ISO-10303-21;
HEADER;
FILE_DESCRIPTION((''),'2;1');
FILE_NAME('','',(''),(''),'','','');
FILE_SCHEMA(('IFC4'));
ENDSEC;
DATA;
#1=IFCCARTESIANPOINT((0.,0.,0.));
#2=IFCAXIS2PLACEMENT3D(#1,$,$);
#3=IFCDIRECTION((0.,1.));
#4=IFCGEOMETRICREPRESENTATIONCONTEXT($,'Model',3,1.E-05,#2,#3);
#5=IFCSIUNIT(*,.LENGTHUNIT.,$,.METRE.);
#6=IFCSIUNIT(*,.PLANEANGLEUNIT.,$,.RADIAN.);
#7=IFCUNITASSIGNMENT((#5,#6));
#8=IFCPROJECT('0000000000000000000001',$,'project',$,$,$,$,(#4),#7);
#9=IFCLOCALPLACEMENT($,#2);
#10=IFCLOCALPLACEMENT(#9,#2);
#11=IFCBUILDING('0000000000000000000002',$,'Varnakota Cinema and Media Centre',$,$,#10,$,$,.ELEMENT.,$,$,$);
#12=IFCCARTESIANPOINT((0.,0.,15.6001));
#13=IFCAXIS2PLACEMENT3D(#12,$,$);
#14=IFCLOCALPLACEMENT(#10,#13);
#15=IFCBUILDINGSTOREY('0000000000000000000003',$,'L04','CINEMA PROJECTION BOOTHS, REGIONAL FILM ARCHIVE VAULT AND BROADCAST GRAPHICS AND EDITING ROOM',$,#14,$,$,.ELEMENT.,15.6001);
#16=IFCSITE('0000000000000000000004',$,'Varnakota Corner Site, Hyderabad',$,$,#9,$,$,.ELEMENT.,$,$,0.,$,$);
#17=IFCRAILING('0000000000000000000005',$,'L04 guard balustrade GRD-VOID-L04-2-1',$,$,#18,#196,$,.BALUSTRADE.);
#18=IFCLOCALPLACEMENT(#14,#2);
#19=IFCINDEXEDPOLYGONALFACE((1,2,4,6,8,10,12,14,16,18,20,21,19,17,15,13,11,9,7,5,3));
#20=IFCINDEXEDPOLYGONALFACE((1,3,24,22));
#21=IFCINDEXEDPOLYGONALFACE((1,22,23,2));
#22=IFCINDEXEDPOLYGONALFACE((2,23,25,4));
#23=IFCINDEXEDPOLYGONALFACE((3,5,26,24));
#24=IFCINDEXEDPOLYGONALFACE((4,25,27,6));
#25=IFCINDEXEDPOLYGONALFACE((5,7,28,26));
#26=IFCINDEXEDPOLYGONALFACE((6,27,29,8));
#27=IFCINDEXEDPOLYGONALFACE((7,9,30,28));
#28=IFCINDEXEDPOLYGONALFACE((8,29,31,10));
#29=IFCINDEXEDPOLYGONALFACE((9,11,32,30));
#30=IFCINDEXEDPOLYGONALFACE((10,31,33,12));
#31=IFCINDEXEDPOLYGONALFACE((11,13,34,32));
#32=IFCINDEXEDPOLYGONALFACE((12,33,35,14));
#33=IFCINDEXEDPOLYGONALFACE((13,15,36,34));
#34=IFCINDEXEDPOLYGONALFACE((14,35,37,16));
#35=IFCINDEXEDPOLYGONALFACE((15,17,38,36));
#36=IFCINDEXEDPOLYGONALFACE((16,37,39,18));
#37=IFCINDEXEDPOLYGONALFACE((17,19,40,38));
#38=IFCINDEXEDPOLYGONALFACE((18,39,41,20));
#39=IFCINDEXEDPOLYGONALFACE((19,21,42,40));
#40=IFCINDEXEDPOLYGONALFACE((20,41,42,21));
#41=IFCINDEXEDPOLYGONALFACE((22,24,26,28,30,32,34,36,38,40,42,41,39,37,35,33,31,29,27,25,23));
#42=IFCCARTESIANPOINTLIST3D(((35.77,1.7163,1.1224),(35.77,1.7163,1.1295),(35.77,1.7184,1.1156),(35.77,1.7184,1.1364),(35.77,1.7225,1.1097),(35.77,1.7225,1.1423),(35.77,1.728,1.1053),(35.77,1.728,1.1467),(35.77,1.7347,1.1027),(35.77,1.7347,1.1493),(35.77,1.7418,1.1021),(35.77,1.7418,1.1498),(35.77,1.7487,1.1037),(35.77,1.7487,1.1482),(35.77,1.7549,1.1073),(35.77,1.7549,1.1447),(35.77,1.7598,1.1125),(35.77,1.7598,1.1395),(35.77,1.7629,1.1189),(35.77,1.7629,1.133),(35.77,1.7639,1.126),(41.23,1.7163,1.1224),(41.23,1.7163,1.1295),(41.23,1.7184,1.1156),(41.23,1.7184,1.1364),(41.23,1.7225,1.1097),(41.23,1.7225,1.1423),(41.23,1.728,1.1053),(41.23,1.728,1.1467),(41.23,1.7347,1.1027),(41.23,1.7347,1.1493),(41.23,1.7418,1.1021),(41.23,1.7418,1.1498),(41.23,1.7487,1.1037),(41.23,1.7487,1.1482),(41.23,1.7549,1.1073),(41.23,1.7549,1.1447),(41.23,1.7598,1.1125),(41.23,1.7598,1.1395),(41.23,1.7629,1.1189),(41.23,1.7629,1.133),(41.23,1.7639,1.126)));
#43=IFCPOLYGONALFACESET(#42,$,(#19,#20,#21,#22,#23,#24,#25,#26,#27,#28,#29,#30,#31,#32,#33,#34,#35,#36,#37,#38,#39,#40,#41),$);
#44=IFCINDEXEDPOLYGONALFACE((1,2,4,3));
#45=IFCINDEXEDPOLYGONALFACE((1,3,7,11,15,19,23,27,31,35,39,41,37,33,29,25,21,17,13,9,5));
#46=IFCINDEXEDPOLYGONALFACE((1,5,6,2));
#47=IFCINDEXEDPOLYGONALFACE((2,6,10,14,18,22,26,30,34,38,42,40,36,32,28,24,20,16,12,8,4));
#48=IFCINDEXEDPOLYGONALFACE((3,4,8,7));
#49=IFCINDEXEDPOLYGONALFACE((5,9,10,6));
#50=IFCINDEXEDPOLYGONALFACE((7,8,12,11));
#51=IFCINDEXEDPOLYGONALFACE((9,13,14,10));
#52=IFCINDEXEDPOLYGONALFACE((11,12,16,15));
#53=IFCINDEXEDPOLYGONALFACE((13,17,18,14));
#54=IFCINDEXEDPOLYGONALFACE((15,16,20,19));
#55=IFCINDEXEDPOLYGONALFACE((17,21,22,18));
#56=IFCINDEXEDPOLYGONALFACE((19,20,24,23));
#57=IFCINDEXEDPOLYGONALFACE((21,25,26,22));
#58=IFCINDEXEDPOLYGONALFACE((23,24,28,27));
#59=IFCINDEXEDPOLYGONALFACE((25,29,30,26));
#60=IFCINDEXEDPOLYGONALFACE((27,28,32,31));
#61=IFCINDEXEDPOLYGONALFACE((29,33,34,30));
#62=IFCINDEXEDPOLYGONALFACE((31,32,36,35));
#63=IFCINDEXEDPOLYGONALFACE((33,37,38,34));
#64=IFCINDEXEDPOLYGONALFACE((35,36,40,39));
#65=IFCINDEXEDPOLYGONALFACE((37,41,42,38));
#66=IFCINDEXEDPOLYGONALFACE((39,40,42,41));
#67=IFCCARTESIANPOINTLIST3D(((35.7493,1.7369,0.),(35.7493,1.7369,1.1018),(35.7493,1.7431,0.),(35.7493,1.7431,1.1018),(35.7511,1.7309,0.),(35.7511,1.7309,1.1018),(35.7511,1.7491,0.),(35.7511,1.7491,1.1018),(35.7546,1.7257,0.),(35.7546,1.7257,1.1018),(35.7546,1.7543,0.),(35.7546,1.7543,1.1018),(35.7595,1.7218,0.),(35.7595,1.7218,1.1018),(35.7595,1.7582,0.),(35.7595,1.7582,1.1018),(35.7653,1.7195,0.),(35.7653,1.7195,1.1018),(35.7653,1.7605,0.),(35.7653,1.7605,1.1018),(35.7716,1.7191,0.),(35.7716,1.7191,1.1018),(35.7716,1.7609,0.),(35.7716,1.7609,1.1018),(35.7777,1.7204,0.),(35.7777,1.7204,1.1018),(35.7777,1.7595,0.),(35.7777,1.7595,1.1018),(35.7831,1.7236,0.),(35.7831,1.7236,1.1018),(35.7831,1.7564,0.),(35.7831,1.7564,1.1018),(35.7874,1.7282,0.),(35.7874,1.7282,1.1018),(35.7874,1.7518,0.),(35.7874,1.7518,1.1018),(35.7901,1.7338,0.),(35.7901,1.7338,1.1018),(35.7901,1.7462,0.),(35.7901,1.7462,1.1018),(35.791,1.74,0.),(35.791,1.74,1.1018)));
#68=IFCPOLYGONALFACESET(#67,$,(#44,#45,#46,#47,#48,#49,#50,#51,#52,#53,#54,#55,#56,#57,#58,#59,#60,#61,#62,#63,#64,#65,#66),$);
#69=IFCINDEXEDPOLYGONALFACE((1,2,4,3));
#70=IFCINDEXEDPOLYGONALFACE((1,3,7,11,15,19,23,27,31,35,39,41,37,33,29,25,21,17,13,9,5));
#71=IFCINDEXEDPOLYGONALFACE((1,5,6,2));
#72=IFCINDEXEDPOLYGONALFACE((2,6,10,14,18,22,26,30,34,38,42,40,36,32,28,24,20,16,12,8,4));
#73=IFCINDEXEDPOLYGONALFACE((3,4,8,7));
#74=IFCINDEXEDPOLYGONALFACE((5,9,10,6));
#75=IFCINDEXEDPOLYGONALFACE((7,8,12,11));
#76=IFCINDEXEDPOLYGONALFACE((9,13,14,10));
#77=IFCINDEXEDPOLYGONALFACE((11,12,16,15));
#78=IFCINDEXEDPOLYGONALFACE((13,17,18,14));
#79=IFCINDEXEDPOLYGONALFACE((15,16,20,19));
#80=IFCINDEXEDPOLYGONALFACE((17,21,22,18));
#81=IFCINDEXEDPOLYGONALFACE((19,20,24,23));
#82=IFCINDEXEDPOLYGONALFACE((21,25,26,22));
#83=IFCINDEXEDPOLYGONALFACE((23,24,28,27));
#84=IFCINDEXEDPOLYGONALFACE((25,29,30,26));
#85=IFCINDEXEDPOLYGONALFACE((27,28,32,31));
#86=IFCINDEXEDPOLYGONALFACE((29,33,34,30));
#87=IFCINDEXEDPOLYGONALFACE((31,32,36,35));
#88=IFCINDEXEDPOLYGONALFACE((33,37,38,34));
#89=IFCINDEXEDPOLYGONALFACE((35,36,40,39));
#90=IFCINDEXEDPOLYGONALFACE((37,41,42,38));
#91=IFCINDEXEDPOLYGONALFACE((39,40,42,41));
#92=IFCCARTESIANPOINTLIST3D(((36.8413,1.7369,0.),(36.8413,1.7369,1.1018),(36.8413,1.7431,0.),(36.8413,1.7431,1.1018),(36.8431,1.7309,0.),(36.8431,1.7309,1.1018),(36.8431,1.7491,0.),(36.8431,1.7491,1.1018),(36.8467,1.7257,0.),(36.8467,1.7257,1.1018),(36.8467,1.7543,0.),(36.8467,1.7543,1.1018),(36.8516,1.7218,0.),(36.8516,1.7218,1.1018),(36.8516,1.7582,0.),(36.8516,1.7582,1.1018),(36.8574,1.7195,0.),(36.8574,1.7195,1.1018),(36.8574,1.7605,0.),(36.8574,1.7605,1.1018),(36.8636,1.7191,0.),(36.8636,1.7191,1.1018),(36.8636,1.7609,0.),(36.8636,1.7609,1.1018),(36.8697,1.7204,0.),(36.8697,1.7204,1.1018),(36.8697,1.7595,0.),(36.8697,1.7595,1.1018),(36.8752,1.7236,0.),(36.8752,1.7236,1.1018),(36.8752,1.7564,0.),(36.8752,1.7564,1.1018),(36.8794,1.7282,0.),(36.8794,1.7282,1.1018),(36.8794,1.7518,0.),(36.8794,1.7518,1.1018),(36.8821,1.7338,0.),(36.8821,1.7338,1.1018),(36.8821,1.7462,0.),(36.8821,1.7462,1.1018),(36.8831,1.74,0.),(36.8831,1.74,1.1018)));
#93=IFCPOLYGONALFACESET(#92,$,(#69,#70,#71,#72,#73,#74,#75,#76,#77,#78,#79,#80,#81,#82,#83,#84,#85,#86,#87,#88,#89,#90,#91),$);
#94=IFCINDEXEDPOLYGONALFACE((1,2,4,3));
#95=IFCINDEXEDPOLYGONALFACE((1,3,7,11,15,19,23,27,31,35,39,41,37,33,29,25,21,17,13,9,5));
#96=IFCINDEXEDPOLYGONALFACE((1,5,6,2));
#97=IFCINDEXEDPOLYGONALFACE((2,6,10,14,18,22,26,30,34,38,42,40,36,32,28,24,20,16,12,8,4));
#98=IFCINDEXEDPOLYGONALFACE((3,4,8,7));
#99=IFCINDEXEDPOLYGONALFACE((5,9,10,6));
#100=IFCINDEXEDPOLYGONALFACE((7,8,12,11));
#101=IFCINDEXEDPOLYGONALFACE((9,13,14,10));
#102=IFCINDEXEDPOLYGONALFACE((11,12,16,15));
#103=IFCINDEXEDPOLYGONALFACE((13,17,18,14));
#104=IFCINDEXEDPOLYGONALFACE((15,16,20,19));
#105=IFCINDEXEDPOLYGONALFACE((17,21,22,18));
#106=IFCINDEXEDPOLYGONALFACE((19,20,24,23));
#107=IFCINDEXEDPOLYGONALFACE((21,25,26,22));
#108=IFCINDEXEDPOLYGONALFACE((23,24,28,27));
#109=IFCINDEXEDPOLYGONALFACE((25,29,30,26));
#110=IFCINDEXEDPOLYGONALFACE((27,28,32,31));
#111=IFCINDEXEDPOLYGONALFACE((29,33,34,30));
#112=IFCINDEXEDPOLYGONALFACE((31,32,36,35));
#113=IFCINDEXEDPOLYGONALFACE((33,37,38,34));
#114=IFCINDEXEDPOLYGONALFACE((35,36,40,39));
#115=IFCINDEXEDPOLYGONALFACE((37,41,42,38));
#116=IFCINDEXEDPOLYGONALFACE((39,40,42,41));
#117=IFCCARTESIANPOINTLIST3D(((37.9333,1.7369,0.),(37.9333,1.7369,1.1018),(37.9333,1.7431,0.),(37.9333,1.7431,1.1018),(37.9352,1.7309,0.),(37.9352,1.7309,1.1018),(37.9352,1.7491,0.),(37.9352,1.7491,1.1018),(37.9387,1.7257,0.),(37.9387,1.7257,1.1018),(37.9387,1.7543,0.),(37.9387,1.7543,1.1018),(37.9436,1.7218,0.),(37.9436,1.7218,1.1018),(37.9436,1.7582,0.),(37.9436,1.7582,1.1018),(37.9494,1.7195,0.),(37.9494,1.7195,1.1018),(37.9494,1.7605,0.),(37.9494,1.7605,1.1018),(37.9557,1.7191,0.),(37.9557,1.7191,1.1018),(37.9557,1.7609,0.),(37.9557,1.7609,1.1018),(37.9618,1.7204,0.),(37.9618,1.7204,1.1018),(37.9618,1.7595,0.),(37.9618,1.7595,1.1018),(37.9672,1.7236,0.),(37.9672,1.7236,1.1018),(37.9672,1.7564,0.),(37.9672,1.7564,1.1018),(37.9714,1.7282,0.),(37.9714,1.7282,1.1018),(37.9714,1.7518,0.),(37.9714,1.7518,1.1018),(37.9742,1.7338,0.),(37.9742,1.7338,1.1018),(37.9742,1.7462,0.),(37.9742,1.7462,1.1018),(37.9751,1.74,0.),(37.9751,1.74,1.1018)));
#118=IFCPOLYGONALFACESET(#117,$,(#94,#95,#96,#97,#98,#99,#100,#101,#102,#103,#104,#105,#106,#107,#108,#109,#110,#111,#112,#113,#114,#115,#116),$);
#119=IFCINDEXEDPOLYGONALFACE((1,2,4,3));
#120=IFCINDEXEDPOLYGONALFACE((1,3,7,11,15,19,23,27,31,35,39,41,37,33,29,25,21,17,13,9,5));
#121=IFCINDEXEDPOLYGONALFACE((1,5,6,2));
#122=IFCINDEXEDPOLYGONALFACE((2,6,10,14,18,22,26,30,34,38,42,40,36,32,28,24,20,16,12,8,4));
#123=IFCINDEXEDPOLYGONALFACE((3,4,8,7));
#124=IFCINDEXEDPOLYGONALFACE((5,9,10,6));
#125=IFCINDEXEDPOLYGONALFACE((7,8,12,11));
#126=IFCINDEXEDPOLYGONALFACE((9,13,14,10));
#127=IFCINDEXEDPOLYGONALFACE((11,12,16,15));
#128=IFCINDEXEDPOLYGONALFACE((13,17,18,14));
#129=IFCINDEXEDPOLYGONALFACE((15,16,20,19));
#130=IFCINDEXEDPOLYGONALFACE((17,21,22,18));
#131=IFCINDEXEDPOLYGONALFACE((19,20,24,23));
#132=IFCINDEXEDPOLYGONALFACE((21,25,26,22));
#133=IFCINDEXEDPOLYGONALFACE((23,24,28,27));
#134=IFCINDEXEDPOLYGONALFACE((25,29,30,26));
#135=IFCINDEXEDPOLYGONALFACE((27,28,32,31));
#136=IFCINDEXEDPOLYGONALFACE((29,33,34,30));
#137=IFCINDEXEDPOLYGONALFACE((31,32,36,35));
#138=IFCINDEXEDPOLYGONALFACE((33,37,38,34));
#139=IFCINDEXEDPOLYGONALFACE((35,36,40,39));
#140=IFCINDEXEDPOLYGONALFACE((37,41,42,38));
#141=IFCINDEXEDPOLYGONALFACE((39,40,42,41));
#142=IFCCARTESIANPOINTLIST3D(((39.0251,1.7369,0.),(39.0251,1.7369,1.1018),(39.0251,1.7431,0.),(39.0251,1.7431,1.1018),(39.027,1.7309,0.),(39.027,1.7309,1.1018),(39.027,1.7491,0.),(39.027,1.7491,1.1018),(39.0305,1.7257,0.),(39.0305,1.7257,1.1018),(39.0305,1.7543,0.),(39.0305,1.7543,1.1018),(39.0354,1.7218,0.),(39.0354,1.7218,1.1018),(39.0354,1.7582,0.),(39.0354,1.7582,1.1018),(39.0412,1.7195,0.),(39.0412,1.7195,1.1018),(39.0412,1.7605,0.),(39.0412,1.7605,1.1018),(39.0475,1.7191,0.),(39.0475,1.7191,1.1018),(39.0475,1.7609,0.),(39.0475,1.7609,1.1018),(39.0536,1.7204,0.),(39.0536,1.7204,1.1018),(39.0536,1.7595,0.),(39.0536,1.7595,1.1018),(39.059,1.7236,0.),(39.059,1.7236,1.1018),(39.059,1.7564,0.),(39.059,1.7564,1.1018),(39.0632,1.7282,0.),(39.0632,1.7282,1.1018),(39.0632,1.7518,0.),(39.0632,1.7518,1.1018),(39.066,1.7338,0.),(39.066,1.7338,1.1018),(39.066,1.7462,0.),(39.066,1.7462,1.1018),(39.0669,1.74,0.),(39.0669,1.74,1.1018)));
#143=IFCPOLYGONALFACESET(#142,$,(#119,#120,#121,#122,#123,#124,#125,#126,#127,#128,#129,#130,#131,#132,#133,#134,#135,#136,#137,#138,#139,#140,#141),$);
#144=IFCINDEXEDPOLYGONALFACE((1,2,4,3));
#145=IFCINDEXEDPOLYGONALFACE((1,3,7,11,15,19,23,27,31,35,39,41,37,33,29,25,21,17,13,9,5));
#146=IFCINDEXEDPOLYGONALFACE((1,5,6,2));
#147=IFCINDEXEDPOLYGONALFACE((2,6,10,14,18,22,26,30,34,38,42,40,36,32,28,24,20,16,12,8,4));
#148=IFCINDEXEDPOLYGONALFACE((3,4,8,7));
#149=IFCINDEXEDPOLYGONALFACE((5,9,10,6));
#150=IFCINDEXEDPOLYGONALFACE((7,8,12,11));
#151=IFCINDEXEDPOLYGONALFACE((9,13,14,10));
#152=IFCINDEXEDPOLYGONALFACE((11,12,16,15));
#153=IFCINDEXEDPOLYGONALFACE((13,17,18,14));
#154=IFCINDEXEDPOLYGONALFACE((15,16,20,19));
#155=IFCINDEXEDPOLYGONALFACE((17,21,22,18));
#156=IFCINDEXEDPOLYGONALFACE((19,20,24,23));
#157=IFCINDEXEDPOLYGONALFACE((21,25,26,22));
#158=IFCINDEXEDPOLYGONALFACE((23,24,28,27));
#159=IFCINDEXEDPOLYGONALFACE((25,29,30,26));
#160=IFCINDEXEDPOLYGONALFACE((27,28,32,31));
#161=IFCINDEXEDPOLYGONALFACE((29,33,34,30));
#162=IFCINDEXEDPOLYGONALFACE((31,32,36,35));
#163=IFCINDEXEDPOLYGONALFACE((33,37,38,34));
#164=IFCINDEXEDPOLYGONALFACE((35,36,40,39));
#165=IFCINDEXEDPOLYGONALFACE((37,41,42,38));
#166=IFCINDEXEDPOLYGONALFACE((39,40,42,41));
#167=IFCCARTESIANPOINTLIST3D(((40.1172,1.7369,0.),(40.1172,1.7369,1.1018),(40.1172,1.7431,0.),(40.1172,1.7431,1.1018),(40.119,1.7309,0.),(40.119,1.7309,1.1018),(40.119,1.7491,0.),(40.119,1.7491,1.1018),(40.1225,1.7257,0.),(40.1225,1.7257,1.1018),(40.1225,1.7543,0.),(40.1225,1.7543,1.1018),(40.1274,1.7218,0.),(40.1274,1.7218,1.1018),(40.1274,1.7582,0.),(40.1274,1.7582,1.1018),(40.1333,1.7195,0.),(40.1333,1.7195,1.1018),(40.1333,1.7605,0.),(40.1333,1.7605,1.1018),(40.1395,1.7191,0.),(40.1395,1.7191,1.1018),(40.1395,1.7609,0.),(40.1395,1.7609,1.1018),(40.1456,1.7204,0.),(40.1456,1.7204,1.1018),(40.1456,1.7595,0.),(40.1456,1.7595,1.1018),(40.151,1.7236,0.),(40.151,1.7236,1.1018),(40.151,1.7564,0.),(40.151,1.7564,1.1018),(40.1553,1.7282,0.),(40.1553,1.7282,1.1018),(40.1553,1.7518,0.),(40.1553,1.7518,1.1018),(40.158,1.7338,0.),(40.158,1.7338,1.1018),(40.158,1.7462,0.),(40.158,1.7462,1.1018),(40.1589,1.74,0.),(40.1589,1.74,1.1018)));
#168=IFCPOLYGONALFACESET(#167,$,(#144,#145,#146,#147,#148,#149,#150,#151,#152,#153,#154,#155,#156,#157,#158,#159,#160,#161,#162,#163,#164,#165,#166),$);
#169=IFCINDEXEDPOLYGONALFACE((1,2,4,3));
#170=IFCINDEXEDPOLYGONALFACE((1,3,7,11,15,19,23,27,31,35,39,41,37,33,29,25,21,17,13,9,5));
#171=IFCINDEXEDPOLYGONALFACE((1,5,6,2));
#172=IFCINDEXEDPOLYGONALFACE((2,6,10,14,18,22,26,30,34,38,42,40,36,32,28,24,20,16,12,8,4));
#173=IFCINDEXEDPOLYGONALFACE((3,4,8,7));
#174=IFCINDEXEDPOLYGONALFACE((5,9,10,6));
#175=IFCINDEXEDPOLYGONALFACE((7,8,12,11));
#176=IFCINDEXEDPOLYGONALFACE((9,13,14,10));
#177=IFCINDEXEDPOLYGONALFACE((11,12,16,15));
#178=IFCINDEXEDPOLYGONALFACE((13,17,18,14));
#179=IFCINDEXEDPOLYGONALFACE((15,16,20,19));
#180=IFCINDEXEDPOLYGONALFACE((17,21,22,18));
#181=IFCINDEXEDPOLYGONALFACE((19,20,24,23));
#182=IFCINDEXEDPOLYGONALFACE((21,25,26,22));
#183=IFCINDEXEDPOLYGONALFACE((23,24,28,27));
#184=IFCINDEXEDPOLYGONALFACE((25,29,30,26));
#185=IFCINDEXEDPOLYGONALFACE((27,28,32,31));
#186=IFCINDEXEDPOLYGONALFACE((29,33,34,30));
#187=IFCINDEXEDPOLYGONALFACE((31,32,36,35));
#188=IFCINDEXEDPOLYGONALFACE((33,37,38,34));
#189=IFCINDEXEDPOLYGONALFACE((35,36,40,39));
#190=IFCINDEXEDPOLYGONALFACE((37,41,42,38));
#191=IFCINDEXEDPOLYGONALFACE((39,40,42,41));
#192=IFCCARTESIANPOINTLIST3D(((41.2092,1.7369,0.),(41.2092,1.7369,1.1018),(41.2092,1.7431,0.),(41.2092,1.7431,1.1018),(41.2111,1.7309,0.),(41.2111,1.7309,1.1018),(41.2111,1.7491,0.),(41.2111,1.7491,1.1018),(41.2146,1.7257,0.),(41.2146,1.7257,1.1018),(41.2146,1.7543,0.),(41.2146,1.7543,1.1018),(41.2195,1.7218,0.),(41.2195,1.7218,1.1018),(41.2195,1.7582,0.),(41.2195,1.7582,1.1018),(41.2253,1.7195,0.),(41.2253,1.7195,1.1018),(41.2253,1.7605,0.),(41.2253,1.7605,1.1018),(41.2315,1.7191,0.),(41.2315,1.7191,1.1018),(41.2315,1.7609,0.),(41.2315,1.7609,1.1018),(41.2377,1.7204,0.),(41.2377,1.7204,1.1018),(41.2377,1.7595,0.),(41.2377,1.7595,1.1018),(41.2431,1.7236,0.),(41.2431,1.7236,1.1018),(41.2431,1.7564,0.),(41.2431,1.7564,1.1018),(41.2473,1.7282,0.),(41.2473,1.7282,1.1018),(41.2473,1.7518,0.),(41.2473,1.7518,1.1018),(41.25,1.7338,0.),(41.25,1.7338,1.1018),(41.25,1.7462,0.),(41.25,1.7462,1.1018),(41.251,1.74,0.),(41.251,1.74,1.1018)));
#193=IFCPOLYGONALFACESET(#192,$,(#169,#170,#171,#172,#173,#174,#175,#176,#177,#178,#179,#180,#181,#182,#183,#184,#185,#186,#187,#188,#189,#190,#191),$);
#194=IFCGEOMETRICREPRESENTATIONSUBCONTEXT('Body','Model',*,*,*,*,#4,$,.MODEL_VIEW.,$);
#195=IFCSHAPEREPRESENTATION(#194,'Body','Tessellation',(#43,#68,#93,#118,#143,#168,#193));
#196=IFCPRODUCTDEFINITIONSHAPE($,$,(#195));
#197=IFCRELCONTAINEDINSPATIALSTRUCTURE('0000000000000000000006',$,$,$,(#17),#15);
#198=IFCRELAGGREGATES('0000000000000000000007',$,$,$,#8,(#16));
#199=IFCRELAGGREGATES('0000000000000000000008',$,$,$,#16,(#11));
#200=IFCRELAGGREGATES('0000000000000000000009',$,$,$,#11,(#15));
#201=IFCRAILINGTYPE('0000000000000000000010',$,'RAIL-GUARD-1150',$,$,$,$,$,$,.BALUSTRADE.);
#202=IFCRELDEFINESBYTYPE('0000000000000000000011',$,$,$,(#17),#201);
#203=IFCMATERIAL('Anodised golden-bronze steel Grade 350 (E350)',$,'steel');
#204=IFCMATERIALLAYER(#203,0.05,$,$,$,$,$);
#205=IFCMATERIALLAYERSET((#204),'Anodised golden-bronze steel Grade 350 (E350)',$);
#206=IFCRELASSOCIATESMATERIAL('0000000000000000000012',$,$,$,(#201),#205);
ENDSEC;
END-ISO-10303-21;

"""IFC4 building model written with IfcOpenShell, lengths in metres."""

from ifc_helpers import new_model, si_unit, direction, frame, origin, origin_2d, place, context, subcontext, project, spatial, circle, extrude, material, layer, layer_set, type_object, element, save


model = new_model("IFC4")

# Units and contexts
model_context = context("Model", 3, precision=1e-05, world=origin(), true_north=direction((0.0, 1.0)))
body_context = subcontext(model_context, "Body", "Model", "MODEL_VIEW")
ifc_project = project(units=[si_unit("LENGTHUNIT", "METRE"), si_unit("PLANEANGLEUNIT", "RADIAN")], contexts=[model_context])

# Site, building, storey
site_placement = place(None, origin())
site = spatial("IfcSite", under=ifc_project, at=site_placement, Name="Varnakota Corner Site, Hyderabad", CompositionType="ELEMENT", RefElevation=0.0)
building_placement = place(site_placement, origin())
building = spatial("IfcBuilding", under=site, at=building_placement, Name="Varnakota Cinema and Media Centre", CompositionType="ELEMENT")
storey_placement = place(building_placement, frame((0.0, 0.0, 15.6001)))
storey = spatial("IfcBuildingStorey", under=building, at=storey_placement, Name="L04", Description="CINEMA PROJECTION BOOTHS, REGIONAL FILM ARCHIVE VAULT AND BROADCAST GRAPHICS AND EDITING ROOM", CompositionType="ELEMENT", Elevation=15.6001)

# Railing
ifc_material_1 = material(Name="Anodised golden-bronze steel Grade 350 (E350)", Category="steel")
ifc_layer_1 = layer(ifc_material_1, 0.05)
ifc_layer_set_1 = layer_set([ifc_layer_1], Name="Anodised golden-bronze steel Grade 350 (E350)")
railing_type = type_object("IfcRailingType", Name="RAIL-GUARD-1150", PredefinedType="BALUSTRADE", material=ifc_layer_set_1)
railing_1_placement = place(storey_placement, frame((35.77, 1.74, 0.0)))
element("IfcRailing", 1, at=railing_1_placement, inside=storey, type_object=railing_type, Name="L04 guard balustrade GRD-VOID-L04-2-1", PredefinedType="BALUSTRADE", context=body_context, shape_type="SweptSolid", body=[
    extrude(circle(Radius=0.0239, at=origin_2d()), frame((0.0, 0.0, 1.126), z_axis=(1.0, 0.0, 0.0), x_axis=(0.0, 1.0, 0.0)), (0.0, 0.0, 1.0), 5.46),
    extrude(circle(Radius=0.021, at=origin_2d()), origin(), (0.0, 0.0, 1.0), 1.1018),
    extrude(circle(Radius=0.021, at=origin_2d()), frame((1.092, 0.0, 0.0)), (0.0, 0.0, 1.0), 1.1018),
    extrude(circle(Radius=0.021, at=origin_2d()), frame((2.1841, 0.0, 0.0)), (0.0, 0.0, 1.0), 1.1018),
    extrude(circle(Radius=0.021, at=origin_2d()), frame((3.2759, 0.0, 0.0)), (0.0, 0.0, 1.0), 1.1018),
    extrude(circle(Radius=0.021, at=origin_2d()), frame((4.3679, 0.0, 0.0)), (0.0, 0.0, 1.0), 1.1018),
    extrude(circle(Radius=0.021, at=origin_2d()), frame((5.46, 0.0, 0.0)), (0.0, 0.0, 1.0), 1.1018),
])

save(model, "model.ifc")
